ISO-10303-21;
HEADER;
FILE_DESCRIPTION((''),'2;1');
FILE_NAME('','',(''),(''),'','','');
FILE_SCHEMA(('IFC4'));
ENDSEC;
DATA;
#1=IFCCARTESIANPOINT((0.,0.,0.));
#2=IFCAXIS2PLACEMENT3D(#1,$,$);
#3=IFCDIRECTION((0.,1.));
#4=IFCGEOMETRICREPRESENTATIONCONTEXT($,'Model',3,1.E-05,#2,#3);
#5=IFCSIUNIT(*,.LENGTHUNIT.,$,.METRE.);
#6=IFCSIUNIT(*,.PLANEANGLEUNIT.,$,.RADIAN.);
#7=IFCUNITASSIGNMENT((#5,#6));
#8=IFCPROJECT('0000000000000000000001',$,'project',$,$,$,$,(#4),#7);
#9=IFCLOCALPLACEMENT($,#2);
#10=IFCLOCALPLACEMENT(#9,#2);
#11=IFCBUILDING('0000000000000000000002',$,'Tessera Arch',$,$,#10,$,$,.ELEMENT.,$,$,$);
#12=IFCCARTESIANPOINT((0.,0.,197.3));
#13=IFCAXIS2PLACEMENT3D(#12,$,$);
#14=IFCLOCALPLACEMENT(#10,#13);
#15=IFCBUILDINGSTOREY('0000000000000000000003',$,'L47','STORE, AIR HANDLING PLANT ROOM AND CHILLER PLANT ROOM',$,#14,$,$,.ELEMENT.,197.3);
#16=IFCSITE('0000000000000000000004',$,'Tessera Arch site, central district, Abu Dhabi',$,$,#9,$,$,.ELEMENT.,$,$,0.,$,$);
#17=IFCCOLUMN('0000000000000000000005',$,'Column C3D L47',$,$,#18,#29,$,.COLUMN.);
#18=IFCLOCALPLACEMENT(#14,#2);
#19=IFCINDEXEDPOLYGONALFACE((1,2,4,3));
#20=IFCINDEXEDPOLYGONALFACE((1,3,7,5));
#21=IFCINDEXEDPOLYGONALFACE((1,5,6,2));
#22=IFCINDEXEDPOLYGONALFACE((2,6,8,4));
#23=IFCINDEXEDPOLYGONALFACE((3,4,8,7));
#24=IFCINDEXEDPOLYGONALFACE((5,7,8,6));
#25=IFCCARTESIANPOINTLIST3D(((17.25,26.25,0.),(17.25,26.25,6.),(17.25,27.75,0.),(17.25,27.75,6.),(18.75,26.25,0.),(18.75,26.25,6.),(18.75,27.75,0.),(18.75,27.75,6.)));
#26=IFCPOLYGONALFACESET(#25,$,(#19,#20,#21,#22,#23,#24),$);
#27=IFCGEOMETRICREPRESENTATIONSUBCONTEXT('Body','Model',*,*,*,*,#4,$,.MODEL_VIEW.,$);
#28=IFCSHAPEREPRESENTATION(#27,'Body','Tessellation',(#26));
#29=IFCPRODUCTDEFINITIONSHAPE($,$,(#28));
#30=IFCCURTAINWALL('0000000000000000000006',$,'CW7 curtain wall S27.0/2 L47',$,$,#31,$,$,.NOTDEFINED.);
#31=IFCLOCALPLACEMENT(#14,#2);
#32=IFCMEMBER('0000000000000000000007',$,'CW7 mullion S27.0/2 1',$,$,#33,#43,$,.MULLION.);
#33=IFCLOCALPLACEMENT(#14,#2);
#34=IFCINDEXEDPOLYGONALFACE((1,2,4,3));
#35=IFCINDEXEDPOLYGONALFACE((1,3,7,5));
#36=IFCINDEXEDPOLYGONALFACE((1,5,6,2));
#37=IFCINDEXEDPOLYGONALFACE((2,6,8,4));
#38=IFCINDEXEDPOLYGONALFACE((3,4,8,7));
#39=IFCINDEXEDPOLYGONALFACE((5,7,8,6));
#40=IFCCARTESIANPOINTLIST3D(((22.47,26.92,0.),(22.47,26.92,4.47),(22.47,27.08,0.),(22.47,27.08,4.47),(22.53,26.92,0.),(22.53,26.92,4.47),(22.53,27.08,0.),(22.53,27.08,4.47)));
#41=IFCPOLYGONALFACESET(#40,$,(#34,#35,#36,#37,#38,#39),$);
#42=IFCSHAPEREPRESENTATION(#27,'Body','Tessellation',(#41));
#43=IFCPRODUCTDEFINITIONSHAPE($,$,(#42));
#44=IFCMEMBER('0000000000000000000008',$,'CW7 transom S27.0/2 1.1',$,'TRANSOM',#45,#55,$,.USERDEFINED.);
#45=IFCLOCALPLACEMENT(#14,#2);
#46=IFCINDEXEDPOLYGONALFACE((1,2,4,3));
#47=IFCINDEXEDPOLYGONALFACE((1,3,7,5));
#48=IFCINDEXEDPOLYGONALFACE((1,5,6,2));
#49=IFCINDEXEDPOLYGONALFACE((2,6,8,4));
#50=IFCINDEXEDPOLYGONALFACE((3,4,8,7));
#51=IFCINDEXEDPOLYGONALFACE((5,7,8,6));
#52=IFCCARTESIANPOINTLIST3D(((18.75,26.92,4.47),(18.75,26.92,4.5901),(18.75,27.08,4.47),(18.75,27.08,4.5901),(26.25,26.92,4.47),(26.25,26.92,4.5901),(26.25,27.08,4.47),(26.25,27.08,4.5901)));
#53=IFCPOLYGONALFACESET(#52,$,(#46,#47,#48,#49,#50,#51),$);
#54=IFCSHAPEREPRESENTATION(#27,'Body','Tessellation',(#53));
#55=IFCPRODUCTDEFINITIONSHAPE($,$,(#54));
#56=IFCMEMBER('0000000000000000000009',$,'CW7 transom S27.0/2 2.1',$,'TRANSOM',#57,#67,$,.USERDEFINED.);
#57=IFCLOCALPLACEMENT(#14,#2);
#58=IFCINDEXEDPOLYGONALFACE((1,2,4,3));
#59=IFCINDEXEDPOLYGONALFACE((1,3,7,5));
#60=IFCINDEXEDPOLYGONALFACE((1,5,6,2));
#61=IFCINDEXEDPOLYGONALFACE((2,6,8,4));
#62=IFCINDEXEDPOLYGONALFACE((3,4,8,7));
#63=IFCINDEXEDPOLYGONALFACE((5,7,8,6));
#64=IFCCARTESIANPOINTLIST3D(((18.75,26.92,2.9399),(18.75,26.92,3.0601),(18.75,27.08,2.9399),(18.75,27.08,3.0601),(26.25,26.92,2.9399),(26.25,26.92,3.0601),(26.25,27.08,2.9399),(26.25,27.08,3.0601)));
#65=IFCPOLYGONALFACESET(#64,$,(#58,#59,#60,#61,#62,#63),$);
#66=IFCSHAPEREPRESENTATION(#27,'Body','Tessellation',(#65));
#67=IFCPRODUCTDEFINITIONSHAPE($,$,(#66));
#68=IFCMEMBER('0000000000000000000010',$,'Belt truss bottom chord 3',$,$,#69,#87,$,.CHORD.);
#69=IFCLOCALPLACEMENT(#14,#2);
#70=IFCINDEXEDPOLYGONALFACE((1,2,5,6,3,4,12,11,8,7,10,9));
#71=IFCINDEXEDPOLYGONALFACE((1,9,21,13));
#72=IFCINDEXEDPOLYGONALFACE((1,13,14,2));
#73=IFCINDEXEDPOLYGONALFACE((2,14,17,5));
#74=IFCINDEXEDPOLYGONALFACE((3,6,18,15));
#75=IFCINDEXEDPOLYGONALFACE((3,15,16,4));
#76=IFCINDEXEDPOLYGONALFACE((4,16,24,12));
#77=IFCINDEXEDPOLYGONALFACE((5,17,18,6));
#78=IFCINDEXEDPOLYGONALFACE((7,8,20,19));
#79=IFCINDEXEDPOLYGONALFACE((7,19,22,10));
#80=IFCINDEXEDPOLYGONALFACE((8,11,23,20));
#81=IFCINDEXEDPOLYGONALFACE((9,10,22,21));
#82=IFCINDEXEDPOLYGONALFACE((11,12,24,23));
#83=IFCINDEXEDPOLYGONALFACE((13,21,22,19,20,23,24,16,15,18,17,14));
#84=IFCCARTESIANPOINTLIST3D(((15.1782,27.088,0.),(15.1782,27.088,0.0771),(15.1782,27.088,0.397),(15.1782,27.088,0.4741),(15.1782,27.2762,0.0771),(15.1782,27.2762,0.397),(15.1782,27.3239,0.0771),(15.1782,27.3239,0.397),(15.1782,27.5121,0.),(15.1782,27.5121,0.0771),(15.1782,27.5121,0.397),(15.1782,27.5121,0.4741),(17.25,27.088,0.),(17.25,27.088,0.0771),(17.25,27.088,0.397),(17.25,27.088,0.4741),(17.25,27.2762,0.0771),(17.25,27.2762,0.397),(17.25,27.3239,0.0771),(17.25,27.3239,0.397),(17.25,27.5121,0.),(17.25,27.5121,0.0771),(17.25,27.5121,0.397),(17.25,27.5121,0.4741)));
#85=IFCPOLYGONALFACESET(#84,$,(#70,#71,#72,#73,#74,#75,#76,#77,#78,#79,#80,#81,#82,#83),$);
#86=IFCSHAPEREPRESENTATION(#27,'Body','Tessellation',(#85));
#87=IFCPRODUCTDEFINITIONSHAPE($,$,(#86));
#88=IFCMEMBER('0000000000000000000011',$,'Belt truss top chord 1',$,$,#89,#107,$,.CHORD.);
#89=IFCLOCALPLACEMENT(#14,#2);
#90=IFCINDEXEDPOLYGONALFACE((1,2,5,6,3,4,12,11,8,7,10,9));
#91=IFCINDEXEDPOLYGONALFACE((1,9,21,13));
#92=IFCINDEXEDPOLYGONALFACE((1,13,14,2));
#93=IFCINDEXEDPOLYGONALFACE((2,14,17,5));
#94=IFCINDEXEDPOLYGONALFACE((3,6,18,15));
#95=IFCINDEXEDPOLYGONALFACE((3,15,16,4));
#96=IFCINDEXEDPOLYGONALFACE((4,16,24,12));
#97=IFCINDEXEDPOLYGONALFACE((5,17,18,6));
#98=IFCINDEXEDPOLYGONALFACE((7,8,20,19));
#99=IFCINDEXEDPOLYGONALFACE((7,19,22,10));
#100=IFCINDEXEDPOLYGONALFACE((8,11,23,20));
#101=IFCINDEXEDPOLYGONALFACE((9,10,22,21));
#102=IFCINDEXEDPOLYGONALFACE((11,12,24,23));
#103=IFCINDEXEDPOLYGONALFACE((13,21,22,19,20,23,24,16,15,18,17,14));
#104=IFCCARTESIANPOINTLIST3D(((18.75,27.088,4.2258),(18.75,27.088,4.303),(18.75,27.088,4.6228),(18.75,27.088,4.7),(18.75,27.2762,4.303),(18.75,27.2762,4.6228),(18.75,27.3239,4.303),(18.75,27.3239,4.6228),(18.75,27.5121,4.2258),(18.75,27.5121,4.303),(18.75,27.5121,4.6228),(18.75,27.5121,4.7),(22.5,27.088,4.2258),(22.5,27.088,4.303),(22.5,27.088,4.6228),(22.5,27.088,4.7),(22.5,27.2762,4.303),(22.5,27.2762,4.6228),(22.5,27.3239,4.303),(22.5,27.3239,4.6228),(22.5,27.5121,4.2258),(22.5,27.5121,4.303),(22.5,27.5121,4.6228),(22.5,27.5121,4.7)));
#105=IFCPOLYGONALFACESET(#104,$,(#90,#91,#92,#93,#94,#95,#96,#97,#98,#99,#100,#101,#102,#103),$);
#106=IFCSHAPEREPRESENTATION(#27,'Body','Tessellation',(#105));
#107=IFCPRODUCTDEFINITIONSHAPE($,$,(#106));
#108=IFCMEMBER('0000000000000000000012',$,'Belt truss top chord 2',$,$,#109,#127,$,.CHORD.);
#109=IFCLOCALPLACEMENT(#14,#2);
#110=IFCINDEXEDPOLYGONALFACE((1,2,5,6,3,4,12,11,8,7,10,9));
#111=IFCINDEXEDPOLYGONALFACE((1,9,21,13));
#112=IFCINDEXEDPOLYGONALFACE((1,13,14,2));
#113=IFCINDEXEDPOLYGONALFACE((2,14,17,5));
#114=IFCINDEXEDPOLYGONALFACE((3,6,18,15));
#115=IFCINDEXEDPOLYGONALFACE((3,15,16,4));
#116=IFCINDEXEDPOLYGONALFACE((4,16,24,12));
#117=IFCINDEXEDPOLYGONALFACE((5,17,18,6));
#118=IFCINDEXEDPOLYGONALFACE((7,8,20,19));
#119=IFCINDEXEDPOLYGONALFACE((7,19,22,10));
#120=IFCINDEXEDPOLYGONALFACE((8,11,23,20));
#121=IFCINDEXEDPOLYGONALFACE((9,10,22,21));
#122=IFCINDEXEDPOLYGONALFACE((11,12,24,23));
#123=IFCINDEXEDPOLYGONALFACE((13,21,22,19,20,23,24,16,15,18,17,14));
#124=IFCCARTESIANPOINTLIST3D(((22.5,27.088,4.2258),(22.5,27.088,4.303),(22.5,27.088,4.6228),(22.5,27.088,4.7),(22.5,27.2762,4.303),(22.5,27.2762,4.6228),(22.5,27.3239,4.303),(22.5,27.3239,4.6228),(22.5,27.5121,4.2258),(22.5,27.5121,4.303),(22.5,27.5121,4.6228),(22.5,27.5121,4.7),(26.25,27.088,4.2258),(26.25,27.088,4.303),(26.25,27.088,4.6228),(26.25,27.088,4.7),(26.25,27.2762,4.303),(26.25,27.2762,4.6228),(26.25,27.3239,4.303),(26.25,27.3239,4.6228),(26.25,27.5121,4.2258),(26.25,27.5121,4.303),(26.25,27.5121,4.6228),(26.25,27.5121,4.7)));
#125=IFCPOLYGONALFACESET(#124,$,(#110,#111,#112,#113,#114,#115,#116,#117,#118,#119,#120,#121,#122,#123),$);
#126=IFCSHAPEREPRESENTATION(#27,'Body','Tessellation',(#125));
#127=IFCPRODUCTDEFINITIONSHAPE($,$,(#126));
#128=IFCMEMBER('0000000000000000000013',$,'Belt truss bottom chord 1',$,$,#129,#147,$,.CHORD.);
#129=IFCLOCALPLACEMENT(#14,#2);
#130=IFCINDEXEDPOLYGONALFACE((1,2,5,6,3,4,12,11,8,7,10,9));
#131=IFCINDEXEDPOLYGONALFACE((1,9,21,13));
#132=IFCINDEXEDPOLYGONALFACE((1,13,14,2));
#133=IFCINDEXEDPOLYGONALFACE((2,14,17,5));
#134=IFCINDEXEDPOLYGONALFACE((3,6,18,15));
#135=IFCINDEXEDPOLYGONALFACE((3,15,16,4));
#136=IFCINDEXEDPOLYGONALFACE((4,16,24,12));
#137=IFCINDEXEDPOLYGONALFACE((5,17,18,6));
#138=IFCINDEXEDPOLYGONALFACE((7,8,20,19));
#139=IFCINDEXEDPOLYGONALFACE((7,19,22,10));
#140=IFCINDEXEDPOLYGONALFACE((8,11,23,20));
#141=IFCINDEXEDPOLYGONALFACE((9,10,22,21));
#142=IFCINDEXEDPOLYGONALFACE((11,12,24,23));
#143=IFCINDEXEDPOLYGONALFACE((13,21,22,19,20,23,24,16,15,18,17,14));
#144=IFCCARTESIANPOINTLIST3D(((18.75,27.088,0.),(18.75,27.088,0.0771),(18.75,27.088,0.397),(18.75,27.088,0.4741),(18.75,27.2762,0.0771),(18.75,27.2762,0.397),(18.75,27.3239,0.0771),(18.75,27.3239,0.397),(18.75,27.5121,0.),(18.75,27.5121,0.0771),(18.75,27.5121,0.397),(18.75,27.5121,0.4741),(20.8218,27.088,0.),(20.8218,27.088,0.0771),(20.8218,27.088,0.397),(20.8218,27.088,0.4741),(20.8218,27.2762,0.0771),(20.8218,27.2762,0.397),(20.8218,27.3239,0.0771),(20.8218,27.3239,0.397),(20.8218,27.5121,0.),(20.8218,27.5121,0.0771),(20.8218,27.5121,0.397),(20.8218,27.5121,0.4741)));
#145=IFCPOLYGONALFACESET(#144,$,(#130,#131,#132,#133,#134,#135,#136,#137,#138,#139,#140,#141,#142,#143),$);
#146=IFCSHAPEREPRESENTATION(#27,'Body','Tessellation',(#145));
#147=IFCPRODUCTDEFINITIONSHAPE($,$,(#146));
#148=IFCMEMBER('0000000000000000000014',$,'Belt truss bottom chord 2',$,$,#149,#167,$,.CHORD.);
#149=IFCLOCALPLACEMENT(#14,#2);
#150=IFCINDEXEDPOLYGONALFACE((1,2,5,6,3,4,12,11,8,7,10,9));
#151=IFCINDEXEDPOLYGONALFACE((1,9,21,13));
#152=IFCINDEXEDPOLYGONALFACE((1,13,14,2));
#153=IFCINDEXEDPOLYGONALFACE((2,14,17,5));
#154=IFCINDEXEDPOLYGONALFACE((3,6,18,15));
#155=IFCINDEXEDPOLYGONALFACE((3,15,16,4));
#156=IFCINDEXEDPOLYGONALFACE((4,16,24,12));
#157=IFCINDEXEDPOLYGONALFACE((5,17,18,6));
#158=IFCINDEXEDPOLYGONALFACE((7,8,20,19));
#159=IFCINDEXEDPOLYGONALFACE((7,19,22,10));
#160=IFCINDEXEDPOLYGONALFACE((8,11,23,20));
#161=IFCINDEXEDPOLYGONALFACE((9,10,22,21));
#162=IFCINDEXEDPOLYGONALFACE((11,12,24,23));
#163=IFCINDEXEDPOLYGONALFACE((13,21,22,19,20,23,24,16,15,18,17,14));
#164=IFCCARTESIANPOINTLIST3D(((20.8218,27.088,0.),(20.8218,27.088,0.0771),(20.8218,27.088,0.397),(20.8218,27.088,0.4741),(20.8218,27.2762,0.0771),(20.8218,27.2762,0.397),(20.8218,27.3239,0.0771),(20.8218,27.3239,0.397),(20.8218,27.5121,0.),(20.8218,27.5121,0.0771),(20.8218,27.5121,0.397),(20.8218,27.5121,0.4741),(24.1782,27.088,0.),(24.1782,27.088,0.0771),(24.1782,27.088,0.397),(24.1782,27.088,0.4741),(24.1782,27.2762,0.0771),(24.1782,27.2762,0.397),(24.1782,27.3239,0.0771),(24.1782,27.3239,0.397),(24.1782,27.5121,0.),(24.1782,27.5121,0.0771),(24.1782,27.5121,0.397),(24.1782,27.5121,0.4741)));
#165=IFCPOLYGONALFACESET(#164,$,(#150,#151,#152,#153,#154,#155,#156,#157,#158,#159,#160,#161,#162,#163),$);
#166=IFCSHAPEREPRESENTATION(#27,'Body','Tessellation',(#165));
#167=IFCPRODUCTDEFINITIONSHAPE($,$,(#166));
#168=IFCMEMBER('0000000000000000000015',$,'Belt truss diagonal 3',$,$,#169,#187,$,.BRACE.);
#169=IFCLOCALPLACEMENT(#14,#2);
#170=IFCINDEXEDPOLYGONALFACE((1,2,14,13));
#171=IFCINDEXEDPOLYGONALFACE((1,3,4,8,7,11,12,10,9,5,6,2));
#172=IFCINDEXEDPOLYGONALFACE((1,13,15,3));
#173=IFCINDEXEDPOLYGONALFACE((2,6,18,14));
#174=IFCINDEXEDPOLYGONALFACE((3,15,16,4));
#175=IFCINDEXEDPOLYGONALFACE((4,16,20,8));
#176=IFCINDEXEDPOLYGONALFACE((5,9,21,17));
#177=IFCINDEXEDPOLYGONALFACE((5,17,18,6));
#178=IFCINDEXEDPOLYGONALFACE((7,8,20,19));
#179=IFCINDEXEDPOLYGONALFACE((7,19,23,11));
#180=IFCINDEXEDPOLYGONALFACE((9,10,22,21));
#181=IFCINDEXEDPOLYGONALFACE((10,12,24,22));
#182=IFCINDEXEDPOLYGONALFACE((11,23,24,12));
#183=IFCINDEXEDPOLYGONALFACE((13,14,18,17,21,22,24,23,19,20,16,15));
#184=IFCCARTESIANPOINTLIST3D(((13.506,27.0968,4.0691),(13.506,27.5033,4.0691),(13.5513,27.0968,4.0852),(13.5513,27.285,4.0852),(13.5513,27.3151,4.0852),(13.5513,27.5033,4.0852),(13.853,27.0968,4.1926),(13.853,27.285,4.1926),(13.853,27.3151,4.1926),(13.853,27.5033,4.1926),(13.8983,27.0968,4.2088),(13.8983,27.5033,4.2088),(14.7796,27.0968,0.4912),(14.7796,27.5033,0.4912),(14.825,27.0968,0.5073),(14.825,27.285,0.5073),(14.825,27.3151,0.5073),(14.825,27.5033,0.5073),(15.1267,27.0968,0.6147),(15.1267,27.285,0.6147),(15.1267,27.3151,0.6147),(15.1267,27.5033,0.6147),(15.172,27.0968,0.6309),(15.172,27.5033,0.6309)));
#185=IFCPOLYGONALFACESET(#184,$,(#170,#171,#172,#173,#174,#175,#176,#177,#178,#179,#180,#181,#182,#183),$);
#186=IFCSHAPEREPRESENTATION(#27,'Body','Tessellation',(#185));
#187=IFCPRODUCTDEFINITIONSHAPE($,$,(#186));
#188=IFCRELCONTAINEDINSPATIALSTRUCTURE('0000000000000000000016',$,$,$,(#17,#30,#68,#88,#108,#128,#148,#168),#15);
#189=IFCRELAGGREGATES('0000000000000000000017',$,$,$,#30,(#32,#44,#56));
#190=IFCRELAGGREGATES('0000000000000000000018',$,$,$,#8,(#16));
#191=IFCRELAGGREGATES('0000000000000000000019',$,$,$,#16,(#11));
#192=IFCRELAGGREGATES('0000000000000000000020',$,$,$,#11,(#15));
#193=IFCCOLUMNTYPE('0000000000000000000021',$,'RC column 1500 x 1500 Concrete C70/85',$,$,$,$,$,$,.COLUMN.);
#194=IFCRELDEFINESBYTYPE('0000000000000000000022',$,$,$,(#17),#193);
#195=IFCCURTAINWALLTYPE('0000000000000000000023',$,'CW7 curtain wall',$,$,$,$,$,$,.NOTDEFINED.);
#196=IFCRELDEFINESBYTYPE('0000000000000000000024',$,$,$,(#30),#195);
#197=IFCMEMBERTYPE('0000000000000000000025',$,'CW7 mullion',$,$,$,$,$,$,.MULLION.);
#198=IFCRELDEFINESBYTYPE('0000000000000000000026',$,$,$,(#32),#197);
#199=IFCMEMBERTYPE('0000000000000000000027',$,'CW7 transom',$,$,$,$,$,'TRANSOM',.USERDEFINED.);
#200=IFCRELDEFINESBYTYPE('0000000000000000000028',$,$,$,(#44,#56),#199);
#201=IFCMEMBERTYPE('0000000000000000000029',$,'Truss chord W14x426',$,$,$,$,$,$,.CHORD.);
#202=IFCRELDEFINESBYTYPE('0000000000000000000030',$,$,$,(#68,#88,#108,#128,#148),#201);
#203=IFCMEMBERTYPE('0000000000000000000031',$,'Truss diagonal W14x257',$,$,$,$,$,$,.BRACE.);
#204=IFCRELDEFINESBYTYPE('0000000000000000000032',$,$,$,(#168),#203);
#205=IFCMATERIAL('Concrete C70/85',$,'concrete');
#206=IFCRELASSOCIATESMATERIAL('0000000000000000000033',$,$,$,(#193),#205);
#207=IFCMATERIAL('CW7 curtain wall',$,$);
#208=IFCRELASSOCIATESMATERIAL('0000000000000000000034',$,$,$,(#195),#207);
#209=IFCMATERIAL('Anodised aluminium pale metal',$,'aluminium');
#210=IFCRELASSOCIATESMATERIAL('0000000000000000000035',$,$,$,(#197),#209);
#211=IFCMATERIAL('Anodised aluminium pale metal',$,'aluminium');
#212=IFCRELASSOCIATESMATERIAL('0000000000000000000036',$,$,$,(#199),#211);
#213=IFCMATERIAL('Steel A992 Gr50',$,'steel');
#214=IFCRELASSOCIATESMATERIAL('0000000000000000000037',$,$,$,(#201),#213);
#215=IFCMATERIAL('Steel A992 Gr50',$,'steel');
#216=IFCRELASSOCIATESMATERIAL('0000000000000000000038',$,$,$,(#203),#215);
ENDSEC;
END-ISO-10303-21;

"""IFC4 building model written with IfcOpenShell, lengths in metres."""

from ifc_helpers import new_model, si_unit, direction, frame, origin, origin_2d, place, context, subcontext, project, spatial, rectangle, i_section, extrude, material, material_profile, profile_set, type_object, element, aggregate, save


model = new_model("IFC4")

# Units and contexts
model_context = context("Model", 3, precision=1e-05, world=origin(), true_north=direction((0.0, 1.0)))
body_context = subcontext(model_context, "Body", "Model", "MODEL_VIEW")
ifc_project = project(units=[si_unit("LENGTHUNIT", "METRE"), si_unit("PLANEANGLEUNIT", "RADIAN")], contexts=[model_context])

# Site, building, storey
site_placement = place(None, origin())
site = spatial("IfcSite", under=ifc_project, at=site_placement, Name="Tessera Arch site, central district, Abu Dhabi", CompositionType="ELEMENT", RefElevation=0.0)
building_placement = place(site_placement, origin())
building = spatial("IfcBuilding", under=site, at=building_placement, Name="Tessera Arch", CompositionType="ELEMENT")
storey_placement = place(building_placement, frame((0.0, 0.0, 197.3)))
storey = spatial("IfcBuildingStorey", under=building, at=storey_placement, Name="L47", Description="STORE, AIR HANDLING PLANT ROOM AND CHILLER PLANT ROOM", CompositionType="ELEMENT", Elevation=197.3)

# Column
ifc_material_1 = material(Name="Concrete C70/85", Category="concrete")
ifc_material_profile_1 = material_profile(ifc_material_1, rectangle(XDim=1.5, YDim=1.5, at=origin_2d()), Name="RC column 1500 x 1500 Concrete C70/85")
ifc_profile_set_1 = profile_set([ifc_material_profile_1], Name="Concrete C70/85")
column_type = type_object("IfcColumnType", Name="RC column 1500 x 1500 Concrete C70/85", PredefinedType="COLUMN", material=ifc_profile_set_1)
column_placement = place(storey_placement, frame((18.0, 27.0, 0.0), z_axis=(0.0, 0.0, 1.0), x_axis=(1.0, 0.0, 0.0)))
element("IfcColumn", 1, at=column_placement, inside=storey, type_object=column_type, Name="Column C3D L47", PredefinedType="COLUMN", context=body_context, shape_type="SweptSolid", body=[
    extrude(rectangle(XDim=1.5, YDim=1.5, at=origin_2d()), origin(), (0.0, 0.0, 1.0), 6.0),
])

# Curtain wall, members
ifc_material_2 = material(Name="CW7 curtain wall")
curtain_wall_type = type_object("IfcCurtainWallType", Name="CW7 curtain wall", PredefinedType="NOTDEFINED", material=ifc_material_2)
curtain_wall_1_placement = place(storey_placement, origin())
curtain_wall_1 = element("IfcCurtainWall", 2, at=curtain_wall_1_placement, inside=storey, type_object=curtain_wall_type, Name="CW7 curtain wall S27.0/2 L47", PredefinedType="NOTDEFINED")
ifc_material_3 = material(Name="Anodised aluminium pale metal", Category="aluminium")
ifc_material_profile_2 = material_profile(ifc_material_3, rectangle(XDim=0.1599, YDim=0.0601, at=origin_2d()), Name="AL 60x160")
ifc_profile_set_2 = profile_set([ifc_material_profile_2], Name="Anodised aluminium pale metal")
member_type_1 = type_object("IfcMemberType", Name="CW7 mullion", PredefinedType="MULLION", material=ifc_profile_set_2)
member_1_placement = place(storey_placement, frame((22.5, 27.0, 0.0), z_axis=(0.0, 0.0, 1.0), x_axis=(0.0, 1.0, 0.0)))
member_1 = element("IfcMember", 3, at=member_1_placement, type_object=member_type_1, Name="CW7 mullion S27.0/2 1", PredefinedType="MULLION", context=body_context, shape_type="SweptSolid", body=[
    extrude(rectangle(XDim=0.1599, YDim=0.0601, at=origin_2d()), origin(), (0.0, 0.0, 1.0), 4.47),
])
ifc_material_4 = material(Name="Anodised aluminium pale metal", Category="aluminium")
ifc_material_profile_3 = material_profile(ifc_material_4, rectangle(XDim=0.1599, YDim=0.1201, at=origin_2d()), Name="AL 160x120")
ifc_profile_set_3 = profile_set([ifc_material_profile_3], Name="Anodised aluminium pale metal")
member_type_2 = type_object("IfcMemberType", Name="CW7 transom", ElementType="TRANSOM", PredefinedType="USERDEFINED", material=ifc_profile_set_3)
member_2_placement = place(storey_placement, frame((18.75, 27.0, 4.53), z_axis=(1.0, 0.0, 0.0), x_axis=(0.0, 1.0, 0.0)))
member_2 = element("IfcMember", 4, at=member_2_placement, type_object=member_type_2, Name="CW7 transom S27.0/2 1.1", ObjectType="TRANSOM", PredefinedType="USERDEFINED", context=body_context, shape_type="SweptSolid", body=[
    extrude(rectangle(XDim=0.1599, YDim=0.1201, at=origin_2d()), origin(), (0.0, 0.0, 1.0), 7.5),
])
member_3_placement = place(storey_placement, frame((18.75, 27.0, 3.0), z_axis=(1.0, 0.0, 0.0), x_axis=(0.0, 1.0, 0.0)))
member_3 = element("IfcMember", 5, at=member_3_placement, type_object=member_type_2, Name="CW7 transom S27.0/2 2.1", ObjectType="TRANSOM", PredefinedType="USERDEFINED", context=body_context, shape_type="SweptSolid", body=[
    extrude(rectangle(XDim=0.1599, YDim=0.1201, at=origin_2d()), origin(), (0.0, 0.0, 1.0), 7.5),
])

# Members
ifc_material_5 = material(Name="Steel A992 Gr50", Category="steel")
ifc_material_profile_4 = material_profile(ifc_material_5, i_section(OverallWidth=0.4241, OverallDepth=0.4741, WebThickness=0.0476, FlangeThickness=0.0771, at=origin_2d()), Name="W14x426")
ifc_profile_set_4 = profile_set([ifc_material_profile_4], Name="Steel A992 Gr50")
member_type_3 = type_object("IfcMemberType", Name="Truss chord W14x426", PredefinedType="CHORD", material=ifc_profile_set_4)
member_4_placement = place(storey_placement, frame((15.1782, 27.3, 0.2371), z_axis=(1.0, 0.0, 0.0), x_axis=(0.0, 1.0, 0.0)))
element("IfcMember", 6, at=member_4_placement, inside=storey, type_object=member_type_3, Name="Belt truss bottom chord 3", PredefinedType="CHORD", context=body_context, shape_type="SweptSolid", body=[
    extrude(i_section(OverallWidth=0.4241, OverallDepth=0.4741, WebThickness=0.0476, FlangeThickness=0.0771, at=origin_2d()), origin(), (0.0, 0.0, 1.0), 2.0718),
])
for number, where, z_axis, x_axis, name in (
    (7, (18.75, 27.3, 4.4629), (1.0, 0.0, 0.0), (0.0, 1.0, 0.0), "Belt truss top chord 1"),
    (8, (22.5, 27.3, 4.4629), (1.0, 0.0, 0.0), (0.0, 1.0, 0.0), "Belt truss top chord 2"),
):
    element("IfcMember", number, at=place(storey_placement, frame(where, z_axis=z_axis, x_axis=x_axis)), inside=storey, type_object=member_type_3, Name=name, PredefinedType="CHORD", context=body_context, shape_type="SweptSolid", body=[
        extrude(i_section(OverallWidth=0.4241, OverallDepth=0.4741, WebThickness=0.0476, FlangeThickness=0.0771, at=origin_2d()), origin(), (0.0, 0.0, 1.0), 3.75),
    ])
member_5_placement = place(storey_placement, frame((18.75, 27.3, 0.2371), z_axis=(1.0, 0.0, 0.0), x_axis=(0.0, 1.0, 0.0)))
element("IfcMember", 9, at=member_5_placement, inside=storey, type_object=member_type_3, Name="Belt truss bottom chord 1", PredefinedType="CHORD", context=body_context, shape_type="SweptSolid", body=[
    extrude(i_section(OverallWidth=0.4241, OverallDepth=0.4741, WebThickness=0.0476, FlangeThickness=0.0771, at=origin_2d()), origin(), (0.0, 0.0, 1.0), 2.0718),
])
member_6_placement = place(storey_placement, frame((20.8218, 27.3, 0.2371), z_axis=(1.0, 0.0, 0.0), x_axis=(0.0, 1.0, 0.0)))
element("IfcMember", 10, at=member_6_placement, inside=storey, type_object=member_type_3, Name="Belt truss bottom chord 2", PredefinedType="CHORD", context=body_context, shape_type="SweptSolid", body=[
    extrude(i_section(OverallWidth=0.4241, OverallDepth=0.4741, WebThickness=0.0476, FlangeThickness=0.0771, at=origin_2d()), origin(), (0.0, 0.0, 1.0), 3.3564),
])
ifc_material_6 = material(Name="Steel A992 Gr50", Category="steel")
ifc_material_profile_5 = material_profile(ifc_material_6, i_section(OverallWidth=0.4065, OverallDepth=0.4165, WebThickness=0.03, FlangeThickness=0.0481, at=origin_2d()), Name="W14x257")
ifc_profile_set_5 = profile_set([ifc_material_profile_5], Name="Steel A992 Gr50")
member_type_4 = type_object("IfcMemberType", Name="Truss diagonal W14x257", PredefinedType="BRACE", material=ifc_profile_set_5)
for number, where, z_axis, x_axis, name in (
    (11, (13.7021, 27.3, 4.1389), (0.335371, 0.0, -0.942086), (0.0, 1.0, 0.0), "Belt truss diagonal 3"),
):
    element("IfcMember", number, at=place(storey_placement, frame(where, z_axis=z_axis, x_axis=x_axis)), inside=storey, type_object=member_type_4, Name=name, PredefinedType="BRACE", context=body_context, shape_type="SweptSolid", body=[
        extrude(i_section(OverallWidth=0.4065, OverallDepth=0.4165, WebThickness=0.03, FlangeThickness=0.0481, at=origin_2d()), origin(), (0.0, 0.0, 1.0), 3.7979),
    ])

aggregate(curtain_wall_1, [member_1, member_2, member_3])

save(model, "model.ifc")
